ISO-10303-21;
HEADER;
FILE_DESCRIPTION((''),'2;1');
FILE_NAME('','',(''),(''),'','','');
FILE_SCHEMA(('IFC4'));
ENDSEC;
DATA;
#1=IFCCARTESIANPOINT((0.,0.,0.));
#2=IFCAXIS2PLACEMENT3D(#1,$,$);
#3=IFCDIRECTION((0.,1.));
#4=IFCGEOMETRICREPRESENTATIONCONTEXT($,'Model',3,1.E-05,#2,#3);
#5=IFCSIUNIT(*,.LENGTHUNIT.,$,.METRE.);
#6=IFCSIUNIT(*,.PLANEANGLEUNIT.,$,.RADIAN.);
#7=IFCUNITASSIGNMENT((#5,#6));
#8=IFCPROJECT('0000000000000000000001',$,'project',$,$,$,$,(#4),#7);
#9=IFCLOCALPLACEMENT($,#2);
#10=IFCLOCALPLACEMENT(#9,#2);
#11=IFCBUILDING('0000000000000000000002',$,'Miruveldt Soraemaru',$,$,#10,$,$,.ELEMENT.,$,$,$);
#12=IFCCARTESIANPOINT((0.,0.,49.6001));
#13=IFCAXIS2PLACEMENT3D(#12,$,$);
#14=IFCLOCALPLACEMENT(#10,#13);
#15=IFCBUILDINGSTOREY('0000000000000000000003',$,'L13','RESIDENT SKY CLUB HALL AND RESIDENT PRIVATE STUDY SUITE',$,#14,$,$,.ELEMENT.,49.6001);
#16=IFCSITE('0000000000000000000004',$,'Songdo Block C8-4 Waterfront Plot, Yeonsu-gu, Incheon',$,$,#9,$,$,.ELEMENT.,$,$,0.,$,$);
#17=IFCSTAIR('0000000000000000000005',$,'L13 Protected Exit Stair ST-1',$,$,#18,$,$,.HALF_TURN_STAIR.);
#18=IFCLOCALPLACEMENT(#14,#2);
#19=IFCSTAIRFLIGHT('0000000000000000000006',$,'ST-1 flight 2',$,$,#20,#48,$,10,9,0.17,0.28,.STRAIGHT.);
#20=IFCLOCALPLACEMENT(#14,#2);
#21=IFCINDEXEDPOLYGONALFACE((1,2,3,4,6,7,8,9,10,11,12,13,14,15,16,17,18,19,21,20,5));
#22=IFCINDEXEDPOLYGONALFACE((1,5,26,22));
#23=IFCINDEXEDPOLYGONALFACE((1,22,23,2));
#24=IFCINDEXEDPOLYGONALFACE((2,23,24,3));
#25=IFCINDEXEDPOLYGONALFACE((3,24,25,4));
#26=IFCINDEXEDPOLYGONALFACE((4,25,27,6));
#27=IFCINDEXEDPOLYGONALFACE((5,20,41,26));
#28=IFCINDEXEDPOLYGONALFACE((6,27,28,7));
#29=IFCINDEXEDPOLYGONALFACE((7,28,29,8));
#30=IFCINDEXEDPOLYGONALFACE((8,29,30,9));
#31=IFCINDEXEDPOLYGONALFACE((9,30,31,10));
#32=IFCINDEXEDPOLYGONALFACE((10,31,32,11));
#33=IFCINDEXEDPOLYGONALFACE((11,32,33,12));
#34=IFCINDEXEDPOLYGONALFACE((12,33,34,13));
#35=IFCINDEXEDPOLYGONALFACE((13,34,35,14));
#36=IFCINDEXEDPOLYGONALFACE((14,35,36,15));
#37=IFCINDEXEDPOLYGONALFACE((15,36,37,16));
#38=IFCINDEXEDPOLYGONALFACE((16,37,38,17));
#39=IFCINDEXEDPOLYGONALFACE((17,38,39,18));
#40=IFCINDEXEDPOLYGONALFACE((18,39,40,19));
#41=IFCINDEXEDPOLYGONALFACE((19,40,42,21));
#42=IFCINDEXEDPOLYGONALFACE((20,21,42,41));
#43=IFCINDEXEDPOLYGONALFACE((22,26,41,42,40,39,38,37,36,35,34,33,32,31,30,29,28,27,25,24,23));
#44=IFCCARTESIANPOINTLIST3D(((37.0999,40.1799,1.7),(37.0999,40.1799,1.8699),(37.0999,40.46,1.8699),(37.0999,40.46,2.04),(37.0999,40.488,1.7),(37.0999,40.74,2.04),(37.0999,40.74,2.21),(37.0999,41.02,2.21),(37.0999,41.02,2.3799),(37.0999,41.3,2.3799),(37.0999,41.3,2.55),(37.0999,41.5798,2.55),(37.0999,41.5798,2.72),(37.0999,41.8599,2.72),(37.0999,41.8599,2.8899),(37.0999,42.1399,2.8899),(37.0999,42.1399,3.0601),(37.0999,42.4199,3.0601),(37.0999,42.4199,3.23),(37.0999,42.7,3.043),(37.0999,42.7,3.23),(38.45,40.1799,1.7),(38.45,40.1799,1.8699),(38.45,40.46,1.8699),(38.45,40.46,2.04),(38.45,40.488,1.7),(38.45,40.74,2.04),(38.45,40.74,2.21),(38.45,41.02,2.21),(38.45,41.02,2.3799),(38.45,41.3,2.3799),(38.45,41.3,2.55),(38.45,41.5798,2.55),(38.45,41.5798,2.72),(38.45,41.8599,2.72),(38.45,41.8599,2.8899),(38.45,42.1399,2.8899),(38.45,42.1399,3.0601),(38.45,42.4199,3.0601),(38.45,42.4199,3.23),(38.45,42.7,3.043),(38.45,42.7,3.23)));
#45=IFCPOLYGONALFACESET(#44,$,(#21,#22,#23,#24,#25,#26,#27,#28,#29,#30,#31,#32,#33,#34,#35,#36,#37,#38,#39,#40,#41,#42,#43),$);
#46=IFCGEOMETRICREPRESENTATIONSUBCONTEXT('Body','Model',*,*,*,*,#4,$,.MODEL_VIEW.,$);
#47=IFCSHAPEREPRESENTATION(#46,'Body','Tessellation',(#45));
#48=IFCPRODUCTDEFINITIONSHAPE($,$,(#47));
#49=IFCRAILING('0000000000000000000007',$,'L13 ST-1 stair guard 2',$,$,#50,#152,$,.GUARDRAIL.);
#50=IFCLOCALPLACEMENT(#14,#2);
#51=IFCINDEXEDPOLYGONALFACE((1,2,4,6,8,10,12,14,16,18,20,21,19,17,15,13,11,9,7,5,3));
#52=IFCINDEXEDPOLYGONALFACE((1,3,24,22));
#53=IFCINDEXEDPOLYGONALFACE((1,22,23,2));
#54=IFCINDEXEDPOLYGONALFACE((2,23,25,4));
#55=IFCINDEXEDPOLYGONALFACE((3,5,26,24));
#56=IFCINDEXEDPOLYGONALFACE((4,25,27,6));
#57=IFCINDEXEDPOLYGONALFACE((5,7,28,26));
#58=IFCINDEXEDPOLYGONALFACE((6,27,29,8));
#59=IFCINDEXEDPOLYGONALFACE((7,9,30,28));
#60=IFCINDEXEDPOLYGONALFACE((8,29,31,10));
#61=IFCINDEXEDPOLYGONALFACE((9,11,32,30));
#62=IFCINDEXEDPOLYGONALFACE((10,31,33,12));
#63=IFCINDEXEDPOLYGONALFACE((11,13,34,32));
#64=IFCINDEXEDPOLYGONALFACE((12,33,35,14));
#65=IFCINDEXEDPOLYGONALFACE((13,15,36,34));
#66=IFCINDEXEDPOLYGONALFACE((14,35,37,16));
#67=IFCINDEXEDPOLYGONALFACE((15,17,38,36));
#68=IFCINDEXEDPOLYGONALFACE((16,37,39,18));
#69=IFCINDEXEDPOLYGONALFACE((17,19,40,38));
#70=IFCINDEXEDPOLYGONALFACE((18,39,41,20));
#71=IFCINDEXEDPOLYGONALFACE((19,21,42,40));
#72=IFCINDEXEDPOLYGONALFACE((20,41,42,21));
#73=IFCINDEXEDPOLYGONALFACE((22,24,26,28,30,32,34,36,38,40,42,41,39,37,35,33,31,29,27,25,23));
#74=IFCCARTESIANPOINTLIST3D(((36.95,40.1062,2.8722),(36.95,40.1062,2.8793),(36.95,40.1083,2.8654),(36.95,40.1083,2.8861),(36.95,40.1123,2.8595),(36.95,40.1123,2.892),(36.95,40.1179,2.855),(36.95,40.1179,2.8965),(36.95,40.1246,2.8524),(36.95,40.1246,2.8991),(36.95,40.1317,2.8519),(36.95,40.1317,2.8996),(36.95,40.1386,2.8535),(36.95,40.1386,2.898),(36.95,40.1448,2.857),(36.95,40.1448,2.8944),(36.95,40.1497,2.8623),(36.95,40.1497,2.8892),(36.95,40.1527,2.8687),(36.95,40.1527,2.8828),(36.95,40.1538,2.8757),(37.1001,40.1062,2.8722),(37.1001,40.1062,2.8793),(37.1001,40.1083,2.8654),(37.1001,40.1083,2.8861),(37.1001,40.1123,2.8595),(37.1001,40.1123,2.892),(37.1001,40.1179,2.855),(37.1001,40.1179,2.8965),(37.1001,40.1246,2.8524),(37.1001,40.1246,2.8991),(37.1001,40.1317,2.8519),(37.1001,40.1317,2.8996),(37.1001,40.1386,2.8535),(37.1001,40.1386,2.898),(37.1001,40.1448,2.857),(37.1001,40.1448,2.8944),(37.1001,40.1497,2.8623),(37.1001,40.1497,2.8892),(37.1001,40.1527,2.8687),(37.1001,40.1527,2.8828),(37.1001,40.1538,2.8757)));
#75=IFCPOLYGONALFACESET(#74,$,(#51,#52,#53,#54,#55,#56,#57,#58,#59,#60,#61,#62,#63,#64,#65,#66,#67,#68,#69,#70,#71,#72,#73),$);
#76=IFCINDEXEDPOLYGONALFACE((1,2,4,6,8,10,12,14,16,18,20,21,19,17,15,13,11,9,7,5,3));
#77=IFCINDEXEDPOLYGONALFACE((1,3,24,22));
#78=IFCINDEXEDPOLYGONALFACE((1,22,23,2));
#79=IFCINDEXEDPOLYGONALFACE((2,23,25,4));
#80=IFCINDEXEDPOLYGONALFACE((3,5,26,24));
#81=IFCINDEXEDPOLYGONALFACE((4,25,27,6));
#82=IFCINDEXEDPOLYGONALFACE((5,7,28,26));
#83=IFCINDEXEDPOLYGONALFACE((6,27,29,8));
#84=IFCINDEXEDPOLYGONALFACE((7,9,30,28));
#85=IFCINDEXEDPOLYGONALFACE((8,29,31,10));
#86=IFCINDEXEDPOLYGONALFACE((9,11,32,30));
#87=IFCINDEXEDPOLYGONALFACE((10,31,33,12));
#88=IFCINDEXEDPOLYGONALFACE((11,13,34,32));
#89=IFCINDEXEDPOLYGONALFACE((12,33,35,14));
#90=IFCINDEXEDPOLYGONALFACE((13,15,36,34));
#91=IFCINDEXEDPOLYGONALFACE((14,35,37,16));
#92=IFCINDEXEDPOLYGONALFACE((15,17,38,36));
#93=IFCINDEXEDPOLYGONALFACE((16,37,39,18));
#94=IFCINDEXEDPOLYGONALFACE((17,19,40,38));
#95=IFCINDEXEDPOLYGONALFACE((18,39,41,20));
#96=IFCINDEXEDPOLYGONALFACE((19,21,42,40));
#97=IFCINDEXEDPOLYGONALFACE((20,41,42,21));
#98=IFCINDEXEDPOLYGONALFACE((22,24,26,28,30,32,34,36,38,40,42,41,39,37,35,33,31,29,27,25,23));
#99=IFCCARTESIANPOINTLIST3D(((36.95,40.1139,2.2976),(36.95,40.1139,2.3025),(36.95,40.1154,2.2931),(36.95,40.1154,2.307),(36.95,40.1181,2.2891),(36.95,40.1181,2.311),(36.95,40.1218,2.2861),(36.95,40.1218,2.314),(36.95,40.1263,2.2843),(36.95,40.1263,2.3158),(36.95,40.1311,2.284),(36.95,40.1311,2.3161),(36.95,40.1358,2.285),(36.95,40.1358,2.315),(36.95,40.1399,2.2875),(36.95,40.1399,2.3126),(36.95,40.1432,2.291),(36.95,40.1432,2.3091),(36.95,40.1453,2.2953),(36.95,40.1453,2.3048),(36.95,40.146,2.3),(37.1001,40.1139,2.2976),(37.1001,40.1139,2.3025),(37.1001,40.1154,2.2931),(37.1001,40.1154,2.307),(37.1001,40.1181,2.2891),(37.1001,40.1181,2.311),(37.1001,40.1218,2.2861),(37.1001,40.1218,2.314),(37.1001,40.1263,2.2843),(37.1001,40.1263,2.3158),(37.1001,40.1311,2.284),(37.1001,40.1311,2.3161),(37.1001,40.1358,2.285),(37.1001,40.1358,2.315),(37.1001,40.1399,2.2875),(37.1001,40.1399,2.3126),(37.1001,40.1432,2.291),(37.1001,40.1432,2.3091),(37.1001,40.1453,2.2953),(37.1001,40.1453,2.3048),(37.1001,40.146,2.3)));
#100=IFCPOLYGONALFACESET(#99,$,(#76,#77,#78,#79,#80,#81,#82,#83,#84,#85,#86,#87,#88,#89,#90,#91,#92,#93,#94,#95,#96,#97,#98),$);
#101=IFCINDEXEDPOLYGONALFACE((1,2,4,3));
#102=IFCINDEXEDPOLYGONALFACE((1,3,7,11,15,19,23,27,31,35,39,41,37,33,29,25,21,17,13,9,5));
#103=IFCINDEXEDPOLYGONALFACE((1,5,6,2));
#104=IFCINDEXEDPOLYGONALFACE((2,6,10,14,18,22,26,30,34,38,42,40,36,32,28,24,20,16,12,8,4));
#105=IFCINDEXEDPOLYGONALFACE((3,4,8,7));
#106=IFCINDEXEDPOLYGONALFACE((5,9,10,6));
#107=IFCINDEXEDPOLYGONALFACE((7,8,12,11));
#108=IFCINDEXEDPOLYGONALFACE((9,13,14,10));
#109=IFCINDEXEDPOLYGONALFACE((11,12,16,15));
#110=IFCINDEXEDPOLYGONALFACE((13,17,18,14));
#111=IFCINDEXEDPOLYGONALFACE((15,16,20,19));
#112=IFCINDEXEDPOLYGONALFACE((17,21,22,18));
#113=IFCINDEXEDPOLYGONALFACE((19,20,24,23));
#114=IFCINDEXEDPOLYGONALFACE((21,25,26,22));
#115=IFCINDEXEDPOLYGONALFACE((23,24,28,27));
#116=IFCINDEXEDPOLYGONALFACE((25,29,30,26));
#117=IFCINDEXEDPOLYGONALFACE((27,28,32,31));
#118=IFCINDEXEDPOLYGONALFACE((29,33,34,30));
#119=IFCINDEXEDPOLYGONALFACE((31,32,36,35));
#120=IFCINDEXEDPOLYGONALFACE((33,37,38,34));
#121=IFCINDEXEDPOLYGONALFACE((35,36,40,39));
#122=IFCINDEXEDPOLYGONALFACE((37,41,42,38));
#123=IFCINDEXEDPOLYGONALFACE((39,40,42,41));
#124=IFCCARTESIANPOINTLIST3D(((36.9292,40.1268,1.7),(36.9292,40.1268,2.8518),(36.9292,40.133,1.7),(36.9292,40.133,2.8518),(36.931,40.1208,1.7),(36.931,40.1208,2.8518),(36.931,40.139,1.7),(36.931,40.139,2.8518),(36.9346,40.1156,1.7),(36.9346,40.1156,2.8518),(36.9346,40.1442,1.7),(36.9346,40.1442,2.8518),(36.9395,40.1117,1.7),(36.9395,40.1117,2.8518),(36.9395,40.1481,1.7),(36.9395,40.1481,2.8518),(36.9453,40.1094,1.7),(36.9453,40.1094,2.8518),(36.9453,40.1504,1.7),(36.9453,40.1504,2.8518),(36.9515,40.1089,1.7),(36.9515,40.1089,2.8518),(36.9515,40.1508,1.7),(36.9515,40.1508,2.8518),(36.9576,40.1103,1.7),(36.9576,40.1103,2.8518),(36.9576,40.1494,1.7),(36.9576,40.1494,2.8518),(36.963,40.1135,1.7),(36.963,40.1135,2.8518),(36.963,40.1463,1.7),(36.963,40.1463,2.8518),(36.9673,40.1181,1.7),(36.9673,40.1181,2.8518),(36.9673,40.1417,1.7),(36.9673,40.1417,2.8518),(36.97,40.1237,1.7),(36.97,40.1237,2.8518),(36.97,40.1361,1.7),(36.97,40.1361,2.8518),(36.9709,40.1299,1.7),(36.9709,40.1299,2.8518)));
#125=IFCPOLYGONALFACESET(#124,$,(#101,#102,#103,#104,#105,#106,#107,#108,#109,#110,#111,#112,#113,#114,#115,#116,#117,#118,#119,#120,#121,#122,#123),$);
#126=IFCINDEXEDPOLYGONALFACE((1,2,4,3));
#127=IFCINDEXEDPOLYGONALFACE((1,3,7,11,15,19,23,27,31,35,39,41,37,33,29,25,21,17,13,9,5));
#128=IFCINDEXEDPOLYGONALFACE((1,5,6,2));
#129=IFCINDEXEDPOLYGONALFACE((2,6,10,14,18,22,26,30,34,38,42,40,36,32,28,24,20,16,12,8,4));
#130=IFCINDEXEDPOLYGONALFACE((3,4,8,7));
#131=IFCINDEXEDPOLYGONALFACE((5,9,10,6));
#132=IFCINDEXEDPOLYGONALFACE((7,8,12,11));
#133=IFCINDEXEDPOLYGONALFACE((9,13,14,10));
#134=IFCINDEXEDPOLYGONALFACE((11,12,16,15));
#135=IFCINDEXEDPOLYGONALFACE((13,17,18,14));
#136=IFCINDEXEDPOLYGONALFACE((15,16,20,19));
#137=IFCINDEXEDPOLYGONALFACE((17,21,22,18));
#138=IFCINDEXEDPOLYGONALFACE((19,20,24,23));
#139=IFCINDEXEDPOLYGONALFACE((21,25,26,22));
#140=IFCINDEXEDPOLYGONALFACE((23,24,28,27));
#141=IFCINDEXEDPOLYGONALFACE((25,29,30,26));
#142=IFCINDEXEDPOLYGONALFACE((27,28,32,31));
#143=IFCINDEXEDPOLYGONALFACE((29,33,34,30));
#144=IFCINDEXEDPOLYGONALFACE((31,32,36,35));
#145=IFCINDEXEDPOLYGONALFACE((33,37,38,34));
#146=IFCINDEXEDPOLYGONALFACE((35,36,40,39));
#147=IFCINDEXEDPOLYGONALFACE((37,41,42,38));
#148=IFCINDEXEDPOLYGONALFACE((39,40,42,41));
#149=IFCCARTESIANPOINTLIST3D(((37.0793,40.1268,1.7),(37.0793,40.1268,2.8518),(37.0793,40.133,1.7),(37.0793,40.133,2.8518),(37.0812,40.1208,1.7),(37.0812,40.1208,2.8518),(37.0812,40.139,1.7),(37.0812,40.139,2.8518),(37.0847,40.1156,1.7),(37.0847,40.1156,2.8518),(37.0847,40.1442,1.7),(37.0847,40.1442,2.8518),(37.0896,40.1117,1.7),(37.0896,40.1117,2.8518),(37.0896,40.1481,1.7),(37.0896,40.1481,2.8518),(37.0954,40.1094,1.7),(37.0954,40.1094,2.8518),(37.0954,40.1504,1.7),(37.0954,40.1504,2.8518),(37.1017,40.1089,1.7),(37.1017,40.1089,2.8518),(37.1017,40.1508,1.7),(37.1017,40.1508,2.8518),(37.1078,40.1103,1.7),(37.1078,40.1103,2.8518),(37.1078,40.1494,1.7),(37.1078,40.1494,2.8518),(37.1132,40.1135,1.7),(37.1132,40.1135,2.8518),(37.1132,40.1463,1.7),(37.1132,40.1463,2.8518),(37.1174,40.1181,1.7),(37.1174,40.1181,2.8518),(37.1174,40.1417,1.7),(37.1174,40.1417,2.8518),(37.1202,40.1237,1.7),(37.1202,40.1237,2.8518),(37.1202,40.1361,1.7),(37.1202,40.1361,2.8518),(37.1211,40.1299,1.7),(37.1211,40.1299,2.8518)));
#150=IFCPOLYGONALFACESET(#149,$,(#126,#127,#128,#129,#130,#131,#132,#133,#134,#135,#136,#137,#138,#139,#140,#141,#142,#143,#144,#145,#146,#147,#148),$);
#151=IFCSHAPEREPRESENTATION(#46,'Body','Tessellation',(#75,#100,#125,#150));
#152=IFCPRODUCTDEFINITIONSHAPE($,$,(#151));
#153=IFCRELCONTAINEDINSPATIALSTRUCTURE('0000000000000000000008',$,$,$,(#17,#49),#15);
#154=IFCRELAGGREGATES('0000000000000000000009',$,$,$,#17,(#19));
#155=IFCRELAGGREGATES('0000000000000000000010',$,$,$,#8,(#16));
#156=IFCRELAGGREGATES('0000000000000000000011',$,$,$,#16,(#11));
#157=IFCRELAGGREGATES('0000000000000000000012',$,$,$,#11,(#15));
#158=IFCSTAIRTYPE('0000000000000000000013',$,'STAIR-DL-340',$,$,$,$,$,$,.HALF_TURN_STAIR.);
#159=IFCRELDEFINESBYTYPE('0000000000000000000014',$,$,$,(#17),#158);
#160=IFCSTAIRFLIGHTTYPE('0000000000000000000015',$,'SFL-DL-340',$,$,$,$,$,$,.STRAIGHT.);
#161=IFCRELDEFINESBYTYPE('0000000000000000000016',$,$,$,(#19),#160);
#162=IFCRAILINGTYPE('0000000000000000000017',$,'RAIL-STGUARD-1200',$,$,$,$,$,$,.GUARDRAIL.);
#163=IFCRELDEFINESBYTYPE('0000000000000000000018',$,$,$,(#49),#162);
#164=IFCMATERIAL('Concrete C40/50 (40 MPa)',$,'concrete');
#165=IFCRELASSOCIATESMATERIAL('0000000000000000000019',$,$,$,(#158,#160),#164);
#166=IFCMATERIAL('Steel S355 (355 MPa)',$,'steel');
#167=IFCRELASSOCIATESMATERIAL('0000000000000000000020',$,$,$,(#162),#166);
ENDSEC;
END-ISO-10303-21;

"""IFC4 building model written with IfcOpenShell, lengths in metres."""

from ifc_helpers import new_model, si_unit, direction, frame, origin, origin_2d, place, context, subcontext, project, spatial, polyline, circle, outline, extrude, material, type_object, element, aggregate, save


model = new_model("IFC4")

# Units and contexts
model_context = context("Model", 3, precision=1e-05, world=origin(), true_north=direction((0.0, 1.0)))
body_context = subcontext(model_context, "Body", "Model", "MODEL_VIEW")
ifc_project = project(units=[si_unit("LENGTHUNIT", "METRE"), si_unit("PLANEANGLEUNIT", "RADIAN")], contexts=[model_context])

# Site, building, storey
site_placement = place(None, origin())
site = spatial("IfcSite", under=ifc_project, at=site_placement, Name="Songdo Block C8-4 Waterfront Plot, Yeonsu-gu, Incheon", CompositionType="ELEMENT", RefElevation=0.0)
building_placement = place(site_placement, origin())
building = spatial("IfcBuilding", under=site, at=building_placement, Name="Miruveldt Soraemaru", CompositionType="ELEMENT")
storey_placement = place(building_placement, frame((0.0, 0.0, 49.6001)))
storey = spatial("IfcBuildingStorey", under=building, at=storey_placement, Name="L13", Description="RESIDENT SKY CLUB HALL AND RESIDENT PRIVATE STUDY SUITE", CompositionType="ELEMENT", Elevation=49.6001)

# Shared definitions
ifc_material_1 = material(Name="Concrete C40/50 (40 MPa)", Category="concrete")

# Stair, stair flight
stair_type = type_object("IfcStairType", Name="STAIR-DL-340", PredefinedType="HALF_TURN_STAIR", material=ifc_material_1)
stair_placement = place(storey_placement, origin())
stair = element("IfcStair", 1, at=stair_placement, inside=storey, type_object=stair_type, Name="L13 Protected Exit Stair ST-1", PredefinedType="HALF_TURN_STAIR")
stair_flight_type = type_object("IfcStairFlightType", Name="SFL-DL-340", PredefinedType="STRAIGHT", material=ifc_material_1)
stair_flight_placement = place(storey_placement, frame((37.7749, 40.1799, 1.7), z_axis=(0.0, 0.0, 1.0), x_axis=(0.0, 1.0, 0.0)))
stair_flight = element("IfcStairFlight", 2, at=stair_flight_placement, type_object=stair_flight_type, Name="ST-1 flight 2", NumberOfRisers=10, NumberOfTreads=9, PredefinedType="STRAIGHT", RiserHeight=0.17, TreadLength=0.28, context=body_context, shape_type="SweptSolid", body=[
    extrude(outline(polyline([(0.0, 0.0), (0.0, 0.1699), (0.28, 0.1699), (0.28, 0.3401), (0.5601, 0.3401), (0.5601, 0.51), (0.8401, 0.51), (0.8401, 0.6799), (1.1201, 0.6799), (1.1201, 0.8501), (1.3999, 0.8501), (1.3999, 1.02), (1.6799, 1.02), (1.6799, 1.1899), (1.96, 1.1899), (1.96, 1.3601), (2.24, 1.3601), (2.24, 1.53), (2.52, 1.53), (2.52, 1.7), (2.52, 1.343), (0.3081, 0.0), (0.0, 0.0)])), frame((0.0, 0.675, 0.0), z_axis=(0.0, -1.0, 0.0), x_axis=(1.0, 0.0, 0.0)), (0.0, 0.0, 1.0), 1.3501),
])
aggregate(stair, [stair_flight])

# Railing
ifc_material_2 = material(Name="Steel S355 (355 MPa)", Category="steel")
railing_type_1 = type_object("IfcRailingType", Name="RAIL-STGUARD-1200", PredefinedType="GUARDRAIL", material=ifc_material_2)
railing_1_placement = place(storey_placement, frame((36.95, 40.1299, 1.7)))
element("IfcRailing", 3, at=railing_1_placement, inside=storey, type_object=railing_type_1, Name="L13 ST-1 stair guard 2", PredefinedType="GUARDRAIL", context=body_context, shape_type="SweptSolid", body=[
    extrude(circle(Radius=0.0239, at=origin_2d()), frame((0.0, 0.0, 1.1758), z_axis=(1.0, 0.0, 0.0), x_axis=(0.0, 1.0, 0.0)), (0.0, 0.0, 1.0), 0.1501),
    extrude(circle(Radius=0.0161, at=origin_2d()), frame((0.0, 0.0, 0.6001), z_axis=(1.0, 0.0, 0.0), x_axis=(0.0, 1.0, 0.0)), (0.0, 0.0, 1.0), 0.1501),
    extrude(circle(Radius=0.021, at=origin_2d()), origin(), (0.0, 0.0, 1.0), 1.1519),
    extrude(circle(Radius=0.021, at=origin_2d()), frame((0.1501, 0.0, 0.0)), (0.0, 0.0, 1.0), 1.1519),
])

save(model, "model.ifc")
